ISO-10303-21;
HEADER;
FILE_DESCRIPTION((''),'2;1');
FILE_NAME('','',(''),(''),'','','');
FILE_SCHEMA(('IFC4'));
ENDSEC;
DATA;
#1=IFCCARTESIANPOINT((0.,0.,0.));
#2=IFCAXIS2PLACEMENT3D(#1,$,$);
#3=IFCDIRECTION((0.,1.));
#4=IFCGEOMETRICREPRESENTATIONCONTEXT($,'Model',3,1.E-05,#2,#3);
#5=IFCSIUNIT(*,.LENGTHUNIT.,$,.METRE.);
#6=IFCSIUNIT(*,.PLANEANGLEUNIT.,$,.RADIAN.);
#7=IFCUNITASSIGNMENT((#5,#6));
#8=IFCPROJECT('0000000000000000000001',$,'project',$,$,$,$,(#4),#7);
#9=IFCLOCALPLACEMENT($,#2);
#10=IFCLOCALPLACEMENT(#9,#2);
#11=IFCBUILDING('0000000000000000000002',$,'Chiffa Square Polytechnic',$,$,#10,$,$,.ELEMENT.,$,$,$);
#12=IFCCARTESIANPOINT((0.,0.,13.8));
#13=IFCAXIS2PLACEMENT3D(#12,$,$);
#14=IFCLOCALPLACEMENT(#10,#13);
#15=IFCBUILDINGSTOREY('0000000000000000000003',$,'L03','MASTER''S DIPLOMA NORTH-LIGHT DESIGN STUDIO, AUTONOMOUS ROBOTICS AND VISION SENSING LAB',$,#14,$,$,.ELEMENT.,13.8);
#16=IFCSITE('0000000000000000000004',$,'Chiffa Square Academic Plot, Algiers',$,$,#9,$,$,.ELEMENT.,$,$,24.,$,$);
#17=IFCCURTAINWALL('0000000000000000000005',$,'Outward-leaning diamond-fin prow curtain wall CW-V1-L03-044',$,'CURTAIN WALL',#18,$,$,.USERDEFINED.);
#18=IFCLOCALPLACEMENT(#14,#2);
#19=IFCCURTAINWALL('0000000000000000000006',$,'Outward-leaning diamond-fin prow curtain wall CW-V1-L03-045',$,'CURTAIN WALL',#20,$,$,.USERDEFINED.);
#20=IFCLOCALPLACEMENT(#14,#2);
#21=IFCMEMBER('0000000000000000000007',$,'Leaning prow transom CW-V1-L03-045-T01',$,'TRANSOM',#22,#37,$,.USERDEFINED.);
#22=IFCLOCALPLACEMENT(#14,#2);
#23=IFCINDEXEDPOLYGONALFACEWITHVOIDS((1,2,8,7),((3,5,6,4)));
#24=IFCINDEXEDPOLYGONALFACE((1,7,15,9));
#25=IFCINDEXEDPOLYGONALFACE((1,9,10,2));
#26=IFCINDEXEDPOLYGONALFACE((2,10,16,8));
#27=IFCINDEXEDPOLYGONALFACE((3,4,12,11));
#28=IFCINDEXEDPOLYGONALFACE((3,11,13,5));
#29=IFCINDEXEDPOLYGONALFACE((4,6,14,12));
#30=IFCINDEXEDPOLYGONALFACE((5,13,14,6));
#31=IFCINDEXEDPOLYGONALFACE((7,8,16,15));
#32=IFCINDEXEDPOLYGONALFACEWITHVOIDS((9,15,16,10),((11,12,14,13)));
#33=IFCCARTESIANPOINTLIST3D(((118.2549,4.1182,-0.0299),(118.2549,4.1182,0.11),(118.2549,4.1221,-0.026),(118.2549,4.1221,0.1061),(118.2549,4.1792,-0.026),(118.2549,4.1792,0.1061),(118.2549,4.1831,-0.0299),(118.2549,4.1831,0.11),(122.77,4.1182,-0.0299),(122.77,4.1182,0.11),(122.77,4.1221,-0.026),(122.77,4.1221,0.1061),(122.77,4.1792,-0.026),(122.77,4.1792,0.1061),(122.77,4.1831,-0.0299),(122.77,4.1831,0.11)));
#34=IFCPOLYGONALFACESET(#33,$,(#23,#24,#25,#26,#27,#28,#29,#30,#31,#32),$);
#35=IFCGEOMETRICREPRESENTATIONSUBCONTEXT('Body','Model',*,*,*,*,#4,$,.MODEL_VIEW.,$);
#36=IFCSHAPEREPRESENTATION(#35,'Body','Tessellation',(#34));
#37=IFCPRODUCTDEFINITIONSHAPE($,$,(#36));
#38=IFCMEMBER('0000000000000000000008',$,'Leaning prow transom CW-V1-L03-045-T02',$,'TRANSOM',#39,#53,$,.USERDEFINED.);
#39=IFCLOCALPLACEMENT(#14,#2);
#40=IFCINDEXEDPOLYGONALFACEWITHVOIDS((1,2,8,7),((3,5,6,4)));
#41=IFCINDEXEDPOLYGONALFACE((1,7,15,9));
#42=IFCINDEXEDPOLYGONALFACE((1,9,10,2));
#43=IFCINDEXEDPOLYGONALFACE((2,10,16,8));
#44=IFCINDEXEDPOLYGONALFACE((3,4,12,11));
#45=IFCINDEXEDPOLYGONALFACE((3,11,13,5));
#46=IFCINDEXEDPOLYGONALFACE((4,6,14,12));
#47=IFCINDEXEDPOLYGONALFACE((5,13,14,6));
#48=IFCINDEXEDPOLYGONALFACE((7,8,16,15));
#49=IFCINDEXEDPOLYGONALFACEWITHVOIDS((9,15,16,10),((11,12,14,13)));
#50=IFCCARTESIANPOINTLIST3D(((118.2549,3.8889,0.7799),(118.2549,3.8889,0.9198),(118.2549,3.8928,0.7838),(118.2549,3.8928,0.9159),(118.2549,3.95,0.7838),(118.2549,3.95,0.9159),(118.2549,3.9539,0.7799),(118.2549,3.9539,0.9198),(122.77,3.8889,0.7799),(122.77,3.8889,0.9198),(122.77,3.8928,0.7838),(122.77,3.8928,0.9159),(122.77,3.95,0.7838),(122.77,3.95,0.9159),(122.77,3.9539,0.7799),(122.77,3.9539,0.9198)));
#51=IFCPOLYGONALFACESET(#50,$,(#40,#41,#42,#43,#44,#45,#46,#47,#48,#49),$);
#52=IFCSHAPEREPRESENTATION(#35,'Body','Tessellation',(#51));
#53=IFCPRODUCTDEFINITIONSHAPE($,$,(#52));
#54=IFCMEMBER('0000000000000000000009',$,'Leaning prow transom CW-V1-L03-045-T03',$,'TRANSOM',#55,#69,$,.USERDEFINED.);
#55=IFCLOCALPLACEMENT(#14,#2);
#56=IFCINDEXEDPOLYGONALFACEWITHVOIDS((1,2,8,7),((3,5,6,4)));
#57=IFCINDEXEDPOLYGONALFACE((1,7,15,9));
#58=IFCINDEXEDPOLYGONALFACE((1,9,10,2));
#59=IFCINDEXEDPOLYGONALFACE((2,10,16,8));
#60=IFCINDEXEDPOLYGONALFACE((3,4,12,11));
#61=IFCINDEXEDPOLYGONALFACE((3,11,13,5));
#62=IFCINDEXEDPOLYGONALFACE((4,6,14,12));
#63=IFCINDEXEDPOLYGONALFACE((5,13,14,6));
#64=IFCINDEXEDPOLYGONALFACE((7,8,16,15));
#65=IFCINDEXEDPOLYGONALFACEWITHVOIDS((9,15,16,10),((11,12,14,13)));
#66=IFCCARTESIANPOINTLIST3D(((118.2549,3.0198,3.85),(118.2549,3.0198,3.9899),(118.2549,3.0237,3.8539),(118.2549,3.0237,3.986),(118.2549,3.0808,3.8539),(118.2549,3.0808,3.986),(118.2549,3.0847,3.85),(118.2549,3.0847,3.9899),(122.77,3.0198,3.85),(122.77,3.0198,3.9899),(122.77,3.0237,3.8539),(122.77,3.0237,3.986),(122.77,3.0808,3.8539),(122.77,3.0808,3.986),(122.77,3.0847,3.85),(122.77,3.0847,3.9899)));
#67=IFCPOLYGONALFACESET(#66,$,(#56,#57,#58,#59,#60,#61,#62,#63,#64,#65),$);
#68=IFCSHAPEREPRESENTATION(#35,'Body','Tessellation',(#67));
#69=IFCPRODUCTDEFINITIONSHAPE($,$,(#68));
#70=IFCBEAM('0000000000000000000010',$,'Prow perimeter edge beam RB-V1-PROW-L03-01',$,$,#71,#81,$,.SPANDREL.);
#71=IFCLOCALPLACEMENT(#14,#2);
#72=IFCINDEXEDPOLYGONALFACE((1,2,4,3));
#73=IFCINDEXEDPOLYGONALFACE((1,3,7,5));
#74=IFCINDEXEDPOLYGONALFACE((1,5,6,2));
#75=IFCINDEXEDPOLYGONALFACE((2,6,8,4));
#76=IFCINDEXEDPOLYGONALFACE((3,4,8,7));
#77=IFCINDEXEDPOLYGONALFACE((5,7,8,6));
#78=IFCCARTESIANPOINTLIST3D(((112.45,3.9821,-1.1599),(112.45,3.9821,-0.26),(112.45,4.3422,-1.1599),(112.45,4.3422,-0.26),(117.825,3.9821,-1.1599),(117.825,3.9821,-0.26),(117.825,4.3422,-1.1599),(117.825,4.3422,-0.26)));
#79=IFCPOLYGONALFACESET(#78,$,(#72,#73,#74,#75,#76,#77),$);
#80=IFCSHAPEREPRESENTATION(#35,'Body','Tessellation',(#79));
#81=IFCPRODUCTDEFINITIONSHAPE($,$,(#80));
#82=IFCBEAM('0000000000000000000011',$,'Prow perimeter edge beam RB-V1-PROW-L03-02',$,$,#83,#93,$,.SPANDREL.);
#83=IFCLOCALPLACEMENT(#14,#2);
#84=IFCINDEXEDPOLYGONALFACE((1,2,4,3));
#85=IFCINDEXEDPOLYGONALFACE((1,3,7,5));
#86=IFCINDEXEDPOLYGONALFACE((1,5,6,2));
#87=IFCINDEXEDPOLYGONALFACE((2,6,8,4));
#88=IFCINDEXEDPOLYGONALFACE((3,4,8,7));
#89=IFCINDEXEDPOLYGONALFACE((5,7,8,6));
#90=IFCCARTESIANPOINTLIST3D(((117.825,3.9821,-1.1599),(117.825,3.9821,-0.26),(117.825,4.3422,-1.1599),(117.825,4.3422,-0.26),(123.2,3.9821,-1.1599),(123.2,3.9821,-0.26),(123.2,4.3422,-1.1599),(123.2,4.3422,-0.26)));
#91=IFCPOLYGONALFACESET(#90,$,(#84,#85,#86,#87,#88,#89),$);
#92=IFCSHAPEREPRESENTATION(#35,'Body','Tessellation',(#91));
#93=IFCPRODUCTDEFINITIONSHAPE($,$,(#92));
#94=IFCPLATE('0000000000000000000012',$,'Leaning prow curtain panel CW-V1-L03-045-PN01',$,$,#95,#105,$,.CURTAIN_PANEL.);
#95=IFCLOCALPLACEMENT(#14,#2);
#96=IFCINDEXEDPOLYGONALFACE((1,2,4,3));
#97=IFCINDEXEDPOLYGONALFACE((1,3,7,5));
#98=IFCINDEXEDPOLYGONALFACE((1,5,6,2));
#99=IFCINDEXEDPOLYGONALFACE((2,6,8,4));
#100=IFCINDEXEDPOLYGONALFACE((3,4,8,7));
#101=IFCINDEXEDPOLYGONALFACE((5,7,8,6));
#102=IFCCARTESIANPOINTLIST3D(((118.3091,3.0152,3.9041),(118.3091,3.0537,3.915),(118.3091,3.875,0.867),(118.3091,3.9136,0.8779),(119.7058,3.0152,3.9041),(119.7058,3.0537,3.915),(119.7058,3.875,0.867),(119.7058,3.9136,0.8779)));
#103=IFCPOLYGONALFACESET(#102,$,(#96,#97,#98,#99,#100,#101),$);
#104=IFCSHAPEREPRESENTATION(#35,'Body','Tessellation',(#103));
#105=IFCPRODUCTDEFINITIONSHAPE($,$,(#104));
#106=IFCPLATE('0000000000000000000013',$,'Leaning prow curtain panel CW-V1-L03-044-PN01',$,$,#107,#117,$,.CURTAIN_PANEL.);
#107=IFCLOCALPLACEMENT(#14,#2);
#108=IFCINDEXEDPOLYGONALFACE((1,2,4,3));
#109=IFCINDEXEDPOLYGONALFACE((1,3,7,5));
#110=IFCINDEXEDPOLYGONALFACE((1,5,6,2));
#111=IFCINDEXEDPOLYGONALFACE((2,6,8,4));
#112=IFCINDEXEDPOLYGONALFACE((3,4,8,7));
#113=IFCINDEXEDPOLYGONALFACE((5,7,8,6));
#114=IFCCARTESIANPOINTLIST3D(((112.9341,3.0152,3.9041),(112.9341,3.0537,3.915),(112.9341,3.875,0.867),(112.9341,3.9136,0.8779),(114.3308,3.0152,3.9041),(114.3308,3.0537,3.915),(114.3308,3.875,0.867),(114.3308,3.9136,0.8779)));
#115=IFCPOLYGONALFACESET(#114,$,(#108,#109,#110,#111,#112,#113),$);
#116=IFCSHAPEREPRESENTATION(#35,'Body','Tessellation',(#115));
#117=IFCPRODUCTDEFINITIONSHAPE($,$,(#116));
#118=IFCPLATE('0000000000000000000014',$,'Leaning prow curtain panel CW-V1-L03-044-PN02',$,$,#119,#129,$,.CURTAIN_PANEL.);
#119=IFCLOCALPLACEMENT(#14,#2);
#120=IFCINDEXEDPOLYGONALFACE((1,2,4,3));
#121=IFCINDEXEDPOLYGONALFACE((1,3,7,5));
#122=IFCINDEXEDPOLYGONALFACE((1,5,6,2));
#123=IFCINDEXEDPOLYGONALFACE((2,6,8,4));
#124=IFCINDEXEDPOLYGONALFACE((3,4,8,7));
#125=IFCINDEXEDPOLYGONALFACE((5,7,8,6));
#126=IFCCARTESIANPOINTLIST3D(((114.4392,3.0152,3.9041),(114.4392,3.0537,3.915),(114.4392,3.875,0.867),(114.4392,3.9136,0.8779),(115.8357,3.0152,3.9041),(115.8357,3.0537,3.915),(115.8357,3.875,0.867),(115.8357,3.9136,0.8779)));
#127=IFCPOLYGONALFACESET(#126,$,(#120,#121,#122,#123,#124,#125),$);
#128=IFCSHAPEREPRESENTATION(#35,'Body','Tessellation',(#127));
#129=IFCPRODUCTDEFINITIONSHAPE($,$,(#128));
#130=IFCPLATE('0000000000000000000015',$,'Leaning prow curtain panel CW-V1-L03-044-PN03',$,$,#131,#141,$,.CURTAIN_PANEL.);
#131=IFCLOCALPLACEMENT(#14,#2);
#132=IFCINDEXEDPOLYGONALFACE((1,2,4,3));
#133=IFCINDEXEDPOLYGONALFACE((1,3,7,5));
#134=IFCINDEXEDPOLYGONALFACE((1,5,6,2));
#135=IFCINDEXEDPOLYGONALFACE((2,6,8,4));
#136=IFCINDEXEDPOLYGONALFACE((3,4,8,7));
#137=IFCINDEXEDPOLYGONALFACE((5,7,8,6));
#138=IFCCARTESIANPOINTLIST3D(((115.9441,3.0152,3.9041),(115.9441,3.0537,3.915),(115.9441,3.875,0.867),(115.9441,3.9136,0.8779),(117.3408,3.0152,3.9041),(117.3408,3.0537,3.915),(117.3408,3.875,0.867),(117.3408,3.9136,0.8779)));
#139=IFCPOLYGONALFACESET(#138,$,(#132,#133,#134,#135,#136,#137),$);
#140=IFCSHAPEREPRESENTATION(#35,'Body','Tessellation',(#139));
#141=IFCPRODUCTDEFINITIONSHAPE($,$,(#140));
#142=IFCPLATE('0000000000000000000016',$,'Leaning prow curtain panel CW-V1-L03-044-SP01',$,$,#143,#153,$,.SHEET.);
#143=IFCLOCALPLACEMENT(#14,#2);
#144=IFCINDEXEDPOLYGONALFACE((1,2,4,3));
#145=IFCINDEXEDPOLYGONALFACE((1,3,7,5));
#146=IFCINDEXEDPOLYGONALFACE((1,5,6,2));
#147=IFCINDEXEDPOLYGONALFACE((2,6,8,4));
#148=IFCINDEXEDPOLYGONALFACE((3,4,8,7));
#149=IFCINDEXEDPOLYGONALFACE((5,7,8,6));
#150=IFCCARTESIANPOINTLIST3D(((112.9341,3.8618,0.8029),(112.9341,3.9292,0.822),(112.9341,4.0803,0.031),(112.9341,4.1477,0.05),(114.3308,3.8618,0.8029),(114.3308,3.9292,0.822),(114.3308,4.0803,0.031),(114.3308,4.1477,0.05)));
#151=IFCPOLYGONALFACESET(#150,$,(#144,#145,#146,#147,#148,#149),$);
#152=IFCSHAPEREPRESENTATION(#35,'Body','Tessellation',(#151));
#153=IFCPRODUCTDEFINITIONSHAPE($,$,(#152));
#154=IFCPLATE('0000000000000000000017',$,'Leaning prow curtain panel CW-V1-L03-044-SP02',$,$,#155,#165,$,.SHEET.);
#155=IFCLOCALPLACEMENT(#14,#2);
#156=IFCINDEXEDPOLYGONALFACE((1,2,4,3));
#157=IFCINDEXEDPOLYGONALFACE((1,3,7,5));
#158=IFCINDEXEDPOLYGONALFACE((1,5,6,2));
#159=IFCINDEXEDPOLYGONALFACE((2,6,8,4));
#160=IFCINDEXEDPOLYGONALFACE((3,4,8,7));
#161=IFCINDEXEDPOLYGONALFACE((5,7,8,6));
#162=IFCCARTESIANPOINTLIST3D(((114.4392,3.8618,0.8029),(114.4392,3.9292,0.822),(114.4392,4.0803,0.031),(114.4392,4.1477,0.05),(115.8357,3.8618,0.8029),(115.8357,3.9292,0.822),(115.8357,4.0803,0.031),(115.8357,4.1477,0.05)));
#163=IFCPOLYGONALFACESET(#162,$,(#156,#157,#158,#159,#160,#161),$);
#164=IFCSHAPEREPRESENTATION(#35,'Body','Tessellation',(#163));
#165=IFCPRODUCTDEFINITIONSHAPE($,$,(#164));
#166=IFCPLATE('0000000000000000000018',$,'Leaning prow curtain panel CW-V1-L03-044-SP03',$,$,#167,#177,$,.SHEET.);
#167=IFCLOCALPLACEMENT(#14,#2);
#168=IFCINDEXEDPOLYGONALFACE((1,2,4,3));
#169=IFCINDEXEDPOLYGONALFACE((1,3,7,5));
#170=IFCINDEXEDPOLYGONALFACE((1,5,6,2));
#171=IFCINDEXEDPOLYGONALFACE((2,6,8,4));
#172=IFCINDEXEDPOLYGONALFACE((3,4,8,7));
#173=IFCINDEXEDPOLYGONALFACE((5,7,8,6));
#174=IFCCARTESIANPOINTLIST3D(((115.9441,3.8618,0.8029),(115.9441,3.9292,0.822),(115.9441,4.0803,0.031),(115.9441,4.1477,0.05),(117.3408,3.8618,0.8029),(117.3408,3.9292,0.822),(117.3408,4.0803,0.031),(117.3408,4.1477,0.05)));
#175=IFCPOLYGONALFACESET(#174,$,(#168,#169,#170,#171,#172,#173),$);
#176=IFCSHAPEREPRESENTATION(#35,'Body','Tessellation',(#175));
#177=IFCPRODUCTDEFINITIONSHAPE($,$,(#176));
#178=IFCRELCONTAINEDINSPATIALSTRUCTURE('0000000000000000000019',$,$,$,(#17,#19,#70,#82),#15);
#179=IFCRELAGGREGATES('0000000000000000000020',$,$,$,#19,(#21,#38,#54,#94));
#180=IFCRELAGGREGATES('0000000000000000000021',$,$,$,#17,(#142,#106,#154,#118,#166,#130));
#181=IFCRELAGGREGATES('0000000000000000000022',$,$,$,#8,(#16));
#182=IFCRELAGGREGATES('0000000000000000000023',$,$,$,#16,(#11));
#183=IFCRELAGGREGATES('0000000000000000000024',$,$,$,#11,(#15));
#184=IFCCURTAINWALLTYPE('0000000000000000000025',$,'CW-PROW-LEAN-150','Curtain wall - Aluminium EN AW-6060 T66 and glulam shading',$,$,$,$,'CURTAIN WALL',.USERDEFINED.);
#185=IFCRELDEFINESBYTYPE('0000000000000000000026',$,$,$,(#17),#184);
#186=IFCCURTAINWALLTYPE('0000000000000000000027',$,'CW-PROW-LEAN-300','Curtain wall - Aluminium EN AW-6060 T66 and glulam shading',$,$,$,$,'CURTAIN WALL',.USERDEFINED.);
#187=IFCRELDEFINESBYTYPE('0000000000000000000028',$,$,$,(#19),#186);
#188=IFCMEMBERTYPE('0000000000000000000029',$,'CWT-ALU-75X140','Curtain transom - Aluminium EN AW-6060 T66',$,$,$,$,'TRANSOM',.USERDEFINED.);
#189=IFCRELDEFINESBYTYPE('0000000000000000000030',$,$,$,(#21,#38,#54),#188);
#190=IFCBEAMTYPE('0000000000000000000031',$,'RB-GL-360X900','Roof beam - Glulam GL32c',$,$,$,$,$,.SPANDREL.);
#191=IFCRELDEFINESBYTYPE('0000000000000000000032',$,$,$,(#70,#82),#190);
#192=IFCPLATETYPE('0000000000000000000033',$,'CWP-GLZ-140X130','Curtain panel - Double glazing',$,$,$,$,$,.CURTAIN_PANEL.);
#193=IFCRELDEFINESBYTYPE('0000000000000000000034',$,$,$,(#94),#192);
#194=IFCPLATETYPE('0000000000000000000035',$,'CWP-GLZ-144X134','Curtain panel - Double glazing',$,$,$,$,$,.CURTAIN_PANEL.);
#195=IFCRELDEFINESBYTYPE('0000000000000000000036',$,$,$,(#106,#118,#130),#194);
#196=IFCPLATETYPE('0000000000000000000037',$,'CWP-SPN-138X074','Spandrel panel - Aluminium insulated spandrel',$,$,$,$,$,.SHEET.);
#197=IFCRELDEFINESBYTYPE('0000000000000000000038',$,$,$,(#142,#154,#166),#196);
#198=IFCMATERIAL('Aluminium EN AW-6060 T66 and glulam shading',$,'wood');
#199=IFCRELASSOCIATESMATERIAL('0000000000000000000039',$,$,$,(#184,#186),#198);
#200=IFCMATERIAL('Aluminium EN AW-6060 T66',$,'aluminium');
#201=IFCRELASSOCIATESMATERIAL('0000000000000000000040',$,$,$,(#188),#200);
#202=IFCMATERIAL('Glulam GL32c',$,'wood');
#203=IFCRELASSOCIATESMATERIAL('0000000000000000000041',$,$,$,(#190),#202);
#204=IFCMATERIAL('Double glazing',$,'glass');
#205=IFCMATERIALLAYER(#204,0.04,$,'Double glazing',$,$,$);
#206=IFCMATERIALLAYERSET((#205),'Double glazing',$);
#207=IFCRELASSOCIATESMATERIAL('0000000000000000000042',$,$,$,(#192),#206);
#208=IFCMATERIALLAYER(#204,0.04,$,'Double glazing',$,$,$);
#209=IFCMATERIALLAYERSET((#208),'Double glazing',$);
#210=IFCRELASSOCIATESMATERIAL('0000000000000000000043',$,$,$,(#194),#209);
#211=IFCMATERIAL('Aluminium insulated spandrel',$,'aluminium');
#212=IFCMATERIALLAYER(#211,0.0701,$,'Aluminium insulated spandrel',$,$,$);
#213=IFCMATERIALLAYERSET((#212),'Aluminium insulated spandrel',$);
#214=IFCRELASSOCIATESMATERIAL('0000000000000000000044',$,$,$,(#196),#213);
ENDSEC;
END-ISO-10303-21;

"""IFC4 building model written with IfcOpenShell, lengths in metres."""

from ifc_helpers import new_model, si_unit, direction, frame, origin, origin_2d, place, context, subcontext, project, spatial, polyline, rectangle, hollow_rectangle, outline, extrude, material, layer, layer_set, material_profile, profile_set, type_object, element, aggregate, save


model = new_model("IFC4")

# Units and contexts
model_context = context("Model", 3, precision=1e-05, world=origin(), true_north=direction((0.0, 1.0)))
body_context = subcontext(model_context, "Body", "Model", "MODEL_VIEW")
ifc_project = project(units=[si_unit("LENGTHUNIT", "METRE"), si_unit("PLANEANGLEUNIT", "RADIAN")], contexts=[model_context])

# Site, building, storey
site_placement = place(None, origin())
site = spatial("IfcSite", under=ifc_project, at=site_placement, Name="Chiffa Square Academic Plot, Algiers", CompositionType="ELEMENT", RefElevation=24.0)
building_placement = place(site_placement, origin())
building = spatial("IfcBuilding", under=site, at=building_placement, Name="Chiffa Square Polytechnic", CompositionType="ELEMENT")
storey_placement = place(building_placement, frame((0.0, 0.0, 13.8)))
storey = spatial("IfcBuildingStorey", under=building, at=storey_placement, Name="L03", Description="MASTER'S DIPLOMA NORTH-LIGHT DESIGN STUDIO, AUTONOMOUS ROBOTICS AND VISION SENSING LAB", CompositionType="ELEMENT", Elevation=13.8)

# Shared definitions
ifc_material_1 = material(Name="Glulam GL32c", Category="wood")

# Curtain wall
ifc_material_2 = material(Name="Aluminium EN AW-6060 T66 and glulam shading", Category="wood")
curtain_wall_type_1 = type_object("IfcCurtainWallType", Name="CW-PROW-LEAN-150", Description="Curtain wall - Aluminium EN AW-6060 T66 and glulam shading", ElementType="CURTAIN WALL", PredefinedType="USERDEFINED", material=ifc_material_2)
curtain_wall_1_placement = place(storey_placement, origin())
curtain_wall_1 = element("IfcCurtainWall", 1, at=curtain_wall_1_placement, inside=storey, type_object=curtain_wall_type_1, Name="Outward-leaning diamond-fin prow curtain wall CW-V1-L03-044", ObjectType="CURTAIN WALL", PredefinedType="USERDEFINED")
ifc_material_3 = material(Name="Aluminium EN AW-6060 T66", Category="aluminium")

# Curtain wall
curtain_wall_type_2 = type_object("IfcCurtainWallType", Name="CW-PROW-LEAN-300", Description="Curtain wall - Aluminium EN AW-6060 T66 and glulam shading", ElementType="CURTAIN WALL", PredefinedType="USERDEFINED", material=ifc_material_2)
curtain_wall_2_placement = place(storey_placement, origin())
curtain_wall_2 = element("IfcCurtainWall", 2, at=curtain_wall_2_placement, inside=storey, type_object=curtain_wall_type_2, Name="Outward-leaning diamond-fin prow curtain wall CW-V1-L03-045", ObjectType="CURTAIN WALL", PredefinedType="USERDEFINED")

# Members
ifc_material_profile_1 = material_profile(ifc_material_3, hollow_rectangle(XDim=0.0649, YDim=0.1399, WallThickness=0.0039, at=origin_2d()), Name="ALU 65x140x4")
ifc_profile_set_1 = profile_set([ifc_material_profile_1], Name="Aluminium EN AW-6060 T66")
member_type_1 = type_object("IfcMemberType", Name="CWT-ALU-75X140", Description="Curtain transom - Aluminium EN AW-6060 T66", ElementType="TRANSOM", PredefinedType="USERDEFINED", material=ifc_profile_set_1)
member_1_placement = place(storey_placement, frame((118.2549, 4.1506, 0.04), z_axis=(1.0, 0.0, 0.0), x_axis=(0.0, 1.0, 0.0)))
member_1 = element("IfcMember", 3, at=member_1_placement, type_object=member_type_1, Name="Leaning prow transom CW-V1-L03-045-T01", ObjectType="TRANSOM", PredefinedType="USERDEFINED", context=body_context, shape_type="SweptSolid", body=[
    extrude(hollow_rectangle(XDim=0.0649, YDim=0.1399, WallThickness=0.0039, at=origin_2d()), origin(), (0.0, 0.0, 1.0), 4.5151),
])
member_2_placement = place(storey_placement, frame((118.2549, 3.9214, 0.8499), z_axis=(1.0, 0.0, 0.0), x_axis=(0.0, 1.0, 0.0)))
member_2 = element("IfcMember", 4, at=member_2_placement, type_object=member_type_1, Name="Leaning prow transom CW-V1-L03-045-T02", ObjectType="TRANSOM", PredefinedType="USERDEFINED", context=body_context, shape_type="SweptSolid", body=[
    extrude(hollow_rectangle(XDim=0.0649, YDim=0.1399, WallThickness=0.0039, at=origin_2d()), origin(), (0.0, 0.0, 1.0), 4.5151),
])
member_3_placement = place(storey_placement, frame((118.2549, 3.0522, 3.9199), z_axis=(1.0, 0.0, 0.0), x_axis=(0.0, 1.0, 0.0)))
member_3 = element("IfcMember", 5, at=member_3_placement, type_object=member_type_1, Name="Leaning prow transom CW-V1-L03-045-T03", ObjectType="TRANSOM", PredefinedType="USERDEFINED", context=body_context, shape_type="SweptSolid", body=[
    extrude(hollow_rectangle(XDim=0.0649, YDim=0.1399, WallThickness=0.0039, at=origin_2d()), origin(), (0.0, 0.0, 1.0), 4.5151),
])

# Beams
ifc_material_profile_2 = material_profile(ifc_material_1, rectangle(XDim=0.3601, YDim=0.8999, at=origin_2d()), Name="GL32c 360x900")
ifc_profile_set_2 = profile_set([ifc_material_profile_2], Name="Glulam GL32c")
beam_type_1 = type_object("IfcBeamType", Name="RB-GL-360X900", Description="Roof beam - Glulam GL32c", PredefinedType="SPANDREL", material=ifc_profile_set_2)
for number, where, z_axis, x_axis, name in (
    (6, (112.45, 4.1621, -0.71), (1.0, 0.0, 0.0), (0.0, 1.0, 0.0), "Prow perimeter edge beam RB-V1-PROW-L03-01"),
    (7, (117.825, 4.1621, -0.71), (1.0, 0.0, 0.0), (0.0, 1.0, 0.0), "Prow perimeter edge beam RB-V1-PROW-L03-02"),
):
    element("IfcBeam", number, at=place(storey_placement, frame(where, z_axis=z_axis, x_axis=x_axis)), inside=storey, type_object=beam_type_1, Name=name, PredefinedType="SPANDREL", context=body_context, shape_type="SweptSolid", body=[
        extrude(rectangle(XDim=0.3601, YDim=0.8999, at=origin_2d()), origin(), (0.0, 0.0, 1.0), 5.375),
    ])

# Plates
ifc_material_4 = material(Name="Double glazing", Category="glass")
ifc_layer_1 = layer(ifc_material_4, 0.04, Name="Double glazing")
ifc_layer_set_1 = layer_set([ifc_layer_1], Name="Double glazing")
plate_type_1 = type_object("IfcPlateType", Name="CWP-GLZ-140X130", Description="Curtain panel - Double glazing", PredefinedType="CURTAIN_PANEL", material=ifc_layer_set_1)
plate_1_placement = place(storey_placement, frame((118.3091, 3.9136, 0.8779), z_axis=(0.0, 0.962181, 0.272412), x_axis=(1.0, 0.0, 0.0)))
plate_1 = element("IfcPlate", 8, at=plate_1_placement, type_object=plate_type_1, Name="Leaning prow curtain panel CW-V1-L03-045-PN01", PredefinedType="CURTAIN_PANEL", context=body_context, shape_type="SweptSolid", body=[
    extrude(outline(polyline([(0.0, 0.0), (1.3967, 0.0), (1.3967, -3.1565), (0.0, -3.1565), (0.0, 0.0)])), origin(), (0.0, 0.0, -1.0), 0.04),
])
aggregate(curtain_wall_2, [member_1, member_2, member_3, plate_1])
ifc_layer_2 = layer(ifc_material_4, 0.04, Name="Double glazing")
ifc_layer_set_2 = layer_set([ifc_layer_2], Name="Double glazing")
plate_type_2 = type_object("IfcPlateType", Name="CWP-GLZ-144X134", Description="Curtain panel - Double glazing", PredefinedType="CURTAIN_PANEL", material=ifc_layer_set_2)
plate_2_placement = place(storey_placement, frame((112.9341, 3.9136, 0.8779), z_axis=(0.0, 0.962181, 0.272412), x_axis=(1.0, 0.0, 0.0)))
plate_2 = element("IfcPlate", 9, at=plate_2_placement, type_object=plate_type_2, Name="Leaning prow curtain panel CW-V1-L03-044-PN01", PredefinedType="CURTAIN_PANEL", context=body_context, shape_type="SweptSolid", body=[
    extrude(outline(polyline([(0.0, 0.0), (1.3967, 0.0), (1.3967, -3.1565), (0.0, -3.1565), (0.0, 0.0)])), origin(), (0.0, 0.0, -1.0), 0.04),
])
plate_3_placement = place(storey_placement, frame((114.4392, 3.9136, 0.8779), z_axis=(0.0, 0.962181, 0.272412), x_axis=(1.0, 0.0, 0.0)))
plate_3 = element("IfcPlate", 10, at=plate_3_placement, type_object=plate_type_2, Name="Leaning prow curtain panel CW-V1-L03-044-PN02", PredefinedType="CURTAIN_PANEL", context=body_context, shape_type="SweptSolid", body=[
    extrude(outline(polyline([(0.0, 0.0), (1.3965, 0.0), (1.3965, -3.1565), (0.0, -3.1565), (0.0, 0.0)])), origin(), (0.0, 0.0, -1.0), 0.04),
])
plate_4_placement = place(storey_placement, frame((115.9441, 3.9136, 0.8779), z_axis=(0.0, 0.962181, 0.272412), x_axis=(1.0, 0.0, 0.0)))
plate_4 = element("IfcPlate", 11, at=plate_4_placement, type_object=plate_type_2, Name="Leaning prow curtain panel CW-V1-L03-044-PN03", PredefinedType="CURTAIN_PANEL", context=body_context, shape_type="SweptSolid", body=[
    extrude(outline(polyline([(0.0, 0.0), (1.3967, 0.0), (1.3967, -3.1565), (0.0, -3.1565), (0.0, 0.0)])), origin(), (0.0, 0.0, -1.0), 0.04),
])
ifc_material_5 = material(Name="Aluminium insulated spandrel", Category="aluminium")
ifc_layer_3 = layer(ifc_material_5, 0.0701, Name="Aluminium insulated spandrel")
ifc_layer_set_3 = layer_set([ifc_layer_3], Name="Aluminium insulated spandrel")
plate_type_3 = type_object("IfcPlateType", Name="CWP-SPN-138X074", Description="Spandrel panel - Aluminium insulated spandrel", PredefinedType="SHEET", material=ifc_layer_set_3)
plate_5_placement = place(storey_placement, frame((112.9341, 4.1477, 0.05), z_axis=(0.0, 0.962199, 0.272349), x_axis=(1.0, 0.0, 0.0)))
plate_5 = element("IfcPlate", 12, at=plate_5_placement, type_object=plate_type_3, Name="Leaning prow curtain panel CW-V1-L03-044-SP01", PredefinedType="SHEET", context=body_context, shape_type="SweptSolid", body=[
    extrude(outline(polyline([(0.0, 0.0), (1.3967, 0.0), (1.3967, -0.8023), (0.0, -0.8023), (0.0, 0.0)])), origin(), (0.0, 0.0, -1.0), 0.0701),
])
plate_6_placement = place(storey_placement, frame((114.4392, 4.1477, 0.05), z_axis=(0.0, 0.962199, 0.272349), x_axis=(1.0, 0.0, 0.0)))
plate_6 = element("IfcPlate", 13, at=plate_6_placement, type_object=plate_type_3, Name="Leaning prow curtain panel CW-V1-L03-044-SP02", PredefinedType="SHEET", context=body_context, shape_type="SweptSolid", body=[
    extrude(outline(polyline([(0.0, 0.0), (1.3965, 0.0), (1.3965, -0.8023), (0.0, -0.8023), (0.0, 0.0)])), origin(), (0.0, 0.0, -1.0), 0.0701),
])
plate_7_placement = place(storey_placement, frame((115.9441, 4.1477, 0.05), z_axis=(0.0, 0.962199, 0.272349), x_axis=(1.0, 0.0, 0.0)))
plate_7 = element("IfcPlate", 14, at=plate_7_placement, type_object=plate_type_3, Name="Leaning prow curtain panel CW-V1-L03-044-SP03", PredefinedType="SHEET", context=body_context, shape_type="SweptSolid", body=[
    extrude(outline(polyline([(0.0, 0.0), (1.3967, 0.0), (1.3967, -0.8023), (0.0, -0.8023), (0.0, 0.0)])), origin(), (0.0, 0.0, -1.0), 0.0701),
])
aggregate(curtain_wall_1, [plate_5, plate_2, plate_6, plate_3, plate_7, plate_4])

save(model, "model.ifc")
